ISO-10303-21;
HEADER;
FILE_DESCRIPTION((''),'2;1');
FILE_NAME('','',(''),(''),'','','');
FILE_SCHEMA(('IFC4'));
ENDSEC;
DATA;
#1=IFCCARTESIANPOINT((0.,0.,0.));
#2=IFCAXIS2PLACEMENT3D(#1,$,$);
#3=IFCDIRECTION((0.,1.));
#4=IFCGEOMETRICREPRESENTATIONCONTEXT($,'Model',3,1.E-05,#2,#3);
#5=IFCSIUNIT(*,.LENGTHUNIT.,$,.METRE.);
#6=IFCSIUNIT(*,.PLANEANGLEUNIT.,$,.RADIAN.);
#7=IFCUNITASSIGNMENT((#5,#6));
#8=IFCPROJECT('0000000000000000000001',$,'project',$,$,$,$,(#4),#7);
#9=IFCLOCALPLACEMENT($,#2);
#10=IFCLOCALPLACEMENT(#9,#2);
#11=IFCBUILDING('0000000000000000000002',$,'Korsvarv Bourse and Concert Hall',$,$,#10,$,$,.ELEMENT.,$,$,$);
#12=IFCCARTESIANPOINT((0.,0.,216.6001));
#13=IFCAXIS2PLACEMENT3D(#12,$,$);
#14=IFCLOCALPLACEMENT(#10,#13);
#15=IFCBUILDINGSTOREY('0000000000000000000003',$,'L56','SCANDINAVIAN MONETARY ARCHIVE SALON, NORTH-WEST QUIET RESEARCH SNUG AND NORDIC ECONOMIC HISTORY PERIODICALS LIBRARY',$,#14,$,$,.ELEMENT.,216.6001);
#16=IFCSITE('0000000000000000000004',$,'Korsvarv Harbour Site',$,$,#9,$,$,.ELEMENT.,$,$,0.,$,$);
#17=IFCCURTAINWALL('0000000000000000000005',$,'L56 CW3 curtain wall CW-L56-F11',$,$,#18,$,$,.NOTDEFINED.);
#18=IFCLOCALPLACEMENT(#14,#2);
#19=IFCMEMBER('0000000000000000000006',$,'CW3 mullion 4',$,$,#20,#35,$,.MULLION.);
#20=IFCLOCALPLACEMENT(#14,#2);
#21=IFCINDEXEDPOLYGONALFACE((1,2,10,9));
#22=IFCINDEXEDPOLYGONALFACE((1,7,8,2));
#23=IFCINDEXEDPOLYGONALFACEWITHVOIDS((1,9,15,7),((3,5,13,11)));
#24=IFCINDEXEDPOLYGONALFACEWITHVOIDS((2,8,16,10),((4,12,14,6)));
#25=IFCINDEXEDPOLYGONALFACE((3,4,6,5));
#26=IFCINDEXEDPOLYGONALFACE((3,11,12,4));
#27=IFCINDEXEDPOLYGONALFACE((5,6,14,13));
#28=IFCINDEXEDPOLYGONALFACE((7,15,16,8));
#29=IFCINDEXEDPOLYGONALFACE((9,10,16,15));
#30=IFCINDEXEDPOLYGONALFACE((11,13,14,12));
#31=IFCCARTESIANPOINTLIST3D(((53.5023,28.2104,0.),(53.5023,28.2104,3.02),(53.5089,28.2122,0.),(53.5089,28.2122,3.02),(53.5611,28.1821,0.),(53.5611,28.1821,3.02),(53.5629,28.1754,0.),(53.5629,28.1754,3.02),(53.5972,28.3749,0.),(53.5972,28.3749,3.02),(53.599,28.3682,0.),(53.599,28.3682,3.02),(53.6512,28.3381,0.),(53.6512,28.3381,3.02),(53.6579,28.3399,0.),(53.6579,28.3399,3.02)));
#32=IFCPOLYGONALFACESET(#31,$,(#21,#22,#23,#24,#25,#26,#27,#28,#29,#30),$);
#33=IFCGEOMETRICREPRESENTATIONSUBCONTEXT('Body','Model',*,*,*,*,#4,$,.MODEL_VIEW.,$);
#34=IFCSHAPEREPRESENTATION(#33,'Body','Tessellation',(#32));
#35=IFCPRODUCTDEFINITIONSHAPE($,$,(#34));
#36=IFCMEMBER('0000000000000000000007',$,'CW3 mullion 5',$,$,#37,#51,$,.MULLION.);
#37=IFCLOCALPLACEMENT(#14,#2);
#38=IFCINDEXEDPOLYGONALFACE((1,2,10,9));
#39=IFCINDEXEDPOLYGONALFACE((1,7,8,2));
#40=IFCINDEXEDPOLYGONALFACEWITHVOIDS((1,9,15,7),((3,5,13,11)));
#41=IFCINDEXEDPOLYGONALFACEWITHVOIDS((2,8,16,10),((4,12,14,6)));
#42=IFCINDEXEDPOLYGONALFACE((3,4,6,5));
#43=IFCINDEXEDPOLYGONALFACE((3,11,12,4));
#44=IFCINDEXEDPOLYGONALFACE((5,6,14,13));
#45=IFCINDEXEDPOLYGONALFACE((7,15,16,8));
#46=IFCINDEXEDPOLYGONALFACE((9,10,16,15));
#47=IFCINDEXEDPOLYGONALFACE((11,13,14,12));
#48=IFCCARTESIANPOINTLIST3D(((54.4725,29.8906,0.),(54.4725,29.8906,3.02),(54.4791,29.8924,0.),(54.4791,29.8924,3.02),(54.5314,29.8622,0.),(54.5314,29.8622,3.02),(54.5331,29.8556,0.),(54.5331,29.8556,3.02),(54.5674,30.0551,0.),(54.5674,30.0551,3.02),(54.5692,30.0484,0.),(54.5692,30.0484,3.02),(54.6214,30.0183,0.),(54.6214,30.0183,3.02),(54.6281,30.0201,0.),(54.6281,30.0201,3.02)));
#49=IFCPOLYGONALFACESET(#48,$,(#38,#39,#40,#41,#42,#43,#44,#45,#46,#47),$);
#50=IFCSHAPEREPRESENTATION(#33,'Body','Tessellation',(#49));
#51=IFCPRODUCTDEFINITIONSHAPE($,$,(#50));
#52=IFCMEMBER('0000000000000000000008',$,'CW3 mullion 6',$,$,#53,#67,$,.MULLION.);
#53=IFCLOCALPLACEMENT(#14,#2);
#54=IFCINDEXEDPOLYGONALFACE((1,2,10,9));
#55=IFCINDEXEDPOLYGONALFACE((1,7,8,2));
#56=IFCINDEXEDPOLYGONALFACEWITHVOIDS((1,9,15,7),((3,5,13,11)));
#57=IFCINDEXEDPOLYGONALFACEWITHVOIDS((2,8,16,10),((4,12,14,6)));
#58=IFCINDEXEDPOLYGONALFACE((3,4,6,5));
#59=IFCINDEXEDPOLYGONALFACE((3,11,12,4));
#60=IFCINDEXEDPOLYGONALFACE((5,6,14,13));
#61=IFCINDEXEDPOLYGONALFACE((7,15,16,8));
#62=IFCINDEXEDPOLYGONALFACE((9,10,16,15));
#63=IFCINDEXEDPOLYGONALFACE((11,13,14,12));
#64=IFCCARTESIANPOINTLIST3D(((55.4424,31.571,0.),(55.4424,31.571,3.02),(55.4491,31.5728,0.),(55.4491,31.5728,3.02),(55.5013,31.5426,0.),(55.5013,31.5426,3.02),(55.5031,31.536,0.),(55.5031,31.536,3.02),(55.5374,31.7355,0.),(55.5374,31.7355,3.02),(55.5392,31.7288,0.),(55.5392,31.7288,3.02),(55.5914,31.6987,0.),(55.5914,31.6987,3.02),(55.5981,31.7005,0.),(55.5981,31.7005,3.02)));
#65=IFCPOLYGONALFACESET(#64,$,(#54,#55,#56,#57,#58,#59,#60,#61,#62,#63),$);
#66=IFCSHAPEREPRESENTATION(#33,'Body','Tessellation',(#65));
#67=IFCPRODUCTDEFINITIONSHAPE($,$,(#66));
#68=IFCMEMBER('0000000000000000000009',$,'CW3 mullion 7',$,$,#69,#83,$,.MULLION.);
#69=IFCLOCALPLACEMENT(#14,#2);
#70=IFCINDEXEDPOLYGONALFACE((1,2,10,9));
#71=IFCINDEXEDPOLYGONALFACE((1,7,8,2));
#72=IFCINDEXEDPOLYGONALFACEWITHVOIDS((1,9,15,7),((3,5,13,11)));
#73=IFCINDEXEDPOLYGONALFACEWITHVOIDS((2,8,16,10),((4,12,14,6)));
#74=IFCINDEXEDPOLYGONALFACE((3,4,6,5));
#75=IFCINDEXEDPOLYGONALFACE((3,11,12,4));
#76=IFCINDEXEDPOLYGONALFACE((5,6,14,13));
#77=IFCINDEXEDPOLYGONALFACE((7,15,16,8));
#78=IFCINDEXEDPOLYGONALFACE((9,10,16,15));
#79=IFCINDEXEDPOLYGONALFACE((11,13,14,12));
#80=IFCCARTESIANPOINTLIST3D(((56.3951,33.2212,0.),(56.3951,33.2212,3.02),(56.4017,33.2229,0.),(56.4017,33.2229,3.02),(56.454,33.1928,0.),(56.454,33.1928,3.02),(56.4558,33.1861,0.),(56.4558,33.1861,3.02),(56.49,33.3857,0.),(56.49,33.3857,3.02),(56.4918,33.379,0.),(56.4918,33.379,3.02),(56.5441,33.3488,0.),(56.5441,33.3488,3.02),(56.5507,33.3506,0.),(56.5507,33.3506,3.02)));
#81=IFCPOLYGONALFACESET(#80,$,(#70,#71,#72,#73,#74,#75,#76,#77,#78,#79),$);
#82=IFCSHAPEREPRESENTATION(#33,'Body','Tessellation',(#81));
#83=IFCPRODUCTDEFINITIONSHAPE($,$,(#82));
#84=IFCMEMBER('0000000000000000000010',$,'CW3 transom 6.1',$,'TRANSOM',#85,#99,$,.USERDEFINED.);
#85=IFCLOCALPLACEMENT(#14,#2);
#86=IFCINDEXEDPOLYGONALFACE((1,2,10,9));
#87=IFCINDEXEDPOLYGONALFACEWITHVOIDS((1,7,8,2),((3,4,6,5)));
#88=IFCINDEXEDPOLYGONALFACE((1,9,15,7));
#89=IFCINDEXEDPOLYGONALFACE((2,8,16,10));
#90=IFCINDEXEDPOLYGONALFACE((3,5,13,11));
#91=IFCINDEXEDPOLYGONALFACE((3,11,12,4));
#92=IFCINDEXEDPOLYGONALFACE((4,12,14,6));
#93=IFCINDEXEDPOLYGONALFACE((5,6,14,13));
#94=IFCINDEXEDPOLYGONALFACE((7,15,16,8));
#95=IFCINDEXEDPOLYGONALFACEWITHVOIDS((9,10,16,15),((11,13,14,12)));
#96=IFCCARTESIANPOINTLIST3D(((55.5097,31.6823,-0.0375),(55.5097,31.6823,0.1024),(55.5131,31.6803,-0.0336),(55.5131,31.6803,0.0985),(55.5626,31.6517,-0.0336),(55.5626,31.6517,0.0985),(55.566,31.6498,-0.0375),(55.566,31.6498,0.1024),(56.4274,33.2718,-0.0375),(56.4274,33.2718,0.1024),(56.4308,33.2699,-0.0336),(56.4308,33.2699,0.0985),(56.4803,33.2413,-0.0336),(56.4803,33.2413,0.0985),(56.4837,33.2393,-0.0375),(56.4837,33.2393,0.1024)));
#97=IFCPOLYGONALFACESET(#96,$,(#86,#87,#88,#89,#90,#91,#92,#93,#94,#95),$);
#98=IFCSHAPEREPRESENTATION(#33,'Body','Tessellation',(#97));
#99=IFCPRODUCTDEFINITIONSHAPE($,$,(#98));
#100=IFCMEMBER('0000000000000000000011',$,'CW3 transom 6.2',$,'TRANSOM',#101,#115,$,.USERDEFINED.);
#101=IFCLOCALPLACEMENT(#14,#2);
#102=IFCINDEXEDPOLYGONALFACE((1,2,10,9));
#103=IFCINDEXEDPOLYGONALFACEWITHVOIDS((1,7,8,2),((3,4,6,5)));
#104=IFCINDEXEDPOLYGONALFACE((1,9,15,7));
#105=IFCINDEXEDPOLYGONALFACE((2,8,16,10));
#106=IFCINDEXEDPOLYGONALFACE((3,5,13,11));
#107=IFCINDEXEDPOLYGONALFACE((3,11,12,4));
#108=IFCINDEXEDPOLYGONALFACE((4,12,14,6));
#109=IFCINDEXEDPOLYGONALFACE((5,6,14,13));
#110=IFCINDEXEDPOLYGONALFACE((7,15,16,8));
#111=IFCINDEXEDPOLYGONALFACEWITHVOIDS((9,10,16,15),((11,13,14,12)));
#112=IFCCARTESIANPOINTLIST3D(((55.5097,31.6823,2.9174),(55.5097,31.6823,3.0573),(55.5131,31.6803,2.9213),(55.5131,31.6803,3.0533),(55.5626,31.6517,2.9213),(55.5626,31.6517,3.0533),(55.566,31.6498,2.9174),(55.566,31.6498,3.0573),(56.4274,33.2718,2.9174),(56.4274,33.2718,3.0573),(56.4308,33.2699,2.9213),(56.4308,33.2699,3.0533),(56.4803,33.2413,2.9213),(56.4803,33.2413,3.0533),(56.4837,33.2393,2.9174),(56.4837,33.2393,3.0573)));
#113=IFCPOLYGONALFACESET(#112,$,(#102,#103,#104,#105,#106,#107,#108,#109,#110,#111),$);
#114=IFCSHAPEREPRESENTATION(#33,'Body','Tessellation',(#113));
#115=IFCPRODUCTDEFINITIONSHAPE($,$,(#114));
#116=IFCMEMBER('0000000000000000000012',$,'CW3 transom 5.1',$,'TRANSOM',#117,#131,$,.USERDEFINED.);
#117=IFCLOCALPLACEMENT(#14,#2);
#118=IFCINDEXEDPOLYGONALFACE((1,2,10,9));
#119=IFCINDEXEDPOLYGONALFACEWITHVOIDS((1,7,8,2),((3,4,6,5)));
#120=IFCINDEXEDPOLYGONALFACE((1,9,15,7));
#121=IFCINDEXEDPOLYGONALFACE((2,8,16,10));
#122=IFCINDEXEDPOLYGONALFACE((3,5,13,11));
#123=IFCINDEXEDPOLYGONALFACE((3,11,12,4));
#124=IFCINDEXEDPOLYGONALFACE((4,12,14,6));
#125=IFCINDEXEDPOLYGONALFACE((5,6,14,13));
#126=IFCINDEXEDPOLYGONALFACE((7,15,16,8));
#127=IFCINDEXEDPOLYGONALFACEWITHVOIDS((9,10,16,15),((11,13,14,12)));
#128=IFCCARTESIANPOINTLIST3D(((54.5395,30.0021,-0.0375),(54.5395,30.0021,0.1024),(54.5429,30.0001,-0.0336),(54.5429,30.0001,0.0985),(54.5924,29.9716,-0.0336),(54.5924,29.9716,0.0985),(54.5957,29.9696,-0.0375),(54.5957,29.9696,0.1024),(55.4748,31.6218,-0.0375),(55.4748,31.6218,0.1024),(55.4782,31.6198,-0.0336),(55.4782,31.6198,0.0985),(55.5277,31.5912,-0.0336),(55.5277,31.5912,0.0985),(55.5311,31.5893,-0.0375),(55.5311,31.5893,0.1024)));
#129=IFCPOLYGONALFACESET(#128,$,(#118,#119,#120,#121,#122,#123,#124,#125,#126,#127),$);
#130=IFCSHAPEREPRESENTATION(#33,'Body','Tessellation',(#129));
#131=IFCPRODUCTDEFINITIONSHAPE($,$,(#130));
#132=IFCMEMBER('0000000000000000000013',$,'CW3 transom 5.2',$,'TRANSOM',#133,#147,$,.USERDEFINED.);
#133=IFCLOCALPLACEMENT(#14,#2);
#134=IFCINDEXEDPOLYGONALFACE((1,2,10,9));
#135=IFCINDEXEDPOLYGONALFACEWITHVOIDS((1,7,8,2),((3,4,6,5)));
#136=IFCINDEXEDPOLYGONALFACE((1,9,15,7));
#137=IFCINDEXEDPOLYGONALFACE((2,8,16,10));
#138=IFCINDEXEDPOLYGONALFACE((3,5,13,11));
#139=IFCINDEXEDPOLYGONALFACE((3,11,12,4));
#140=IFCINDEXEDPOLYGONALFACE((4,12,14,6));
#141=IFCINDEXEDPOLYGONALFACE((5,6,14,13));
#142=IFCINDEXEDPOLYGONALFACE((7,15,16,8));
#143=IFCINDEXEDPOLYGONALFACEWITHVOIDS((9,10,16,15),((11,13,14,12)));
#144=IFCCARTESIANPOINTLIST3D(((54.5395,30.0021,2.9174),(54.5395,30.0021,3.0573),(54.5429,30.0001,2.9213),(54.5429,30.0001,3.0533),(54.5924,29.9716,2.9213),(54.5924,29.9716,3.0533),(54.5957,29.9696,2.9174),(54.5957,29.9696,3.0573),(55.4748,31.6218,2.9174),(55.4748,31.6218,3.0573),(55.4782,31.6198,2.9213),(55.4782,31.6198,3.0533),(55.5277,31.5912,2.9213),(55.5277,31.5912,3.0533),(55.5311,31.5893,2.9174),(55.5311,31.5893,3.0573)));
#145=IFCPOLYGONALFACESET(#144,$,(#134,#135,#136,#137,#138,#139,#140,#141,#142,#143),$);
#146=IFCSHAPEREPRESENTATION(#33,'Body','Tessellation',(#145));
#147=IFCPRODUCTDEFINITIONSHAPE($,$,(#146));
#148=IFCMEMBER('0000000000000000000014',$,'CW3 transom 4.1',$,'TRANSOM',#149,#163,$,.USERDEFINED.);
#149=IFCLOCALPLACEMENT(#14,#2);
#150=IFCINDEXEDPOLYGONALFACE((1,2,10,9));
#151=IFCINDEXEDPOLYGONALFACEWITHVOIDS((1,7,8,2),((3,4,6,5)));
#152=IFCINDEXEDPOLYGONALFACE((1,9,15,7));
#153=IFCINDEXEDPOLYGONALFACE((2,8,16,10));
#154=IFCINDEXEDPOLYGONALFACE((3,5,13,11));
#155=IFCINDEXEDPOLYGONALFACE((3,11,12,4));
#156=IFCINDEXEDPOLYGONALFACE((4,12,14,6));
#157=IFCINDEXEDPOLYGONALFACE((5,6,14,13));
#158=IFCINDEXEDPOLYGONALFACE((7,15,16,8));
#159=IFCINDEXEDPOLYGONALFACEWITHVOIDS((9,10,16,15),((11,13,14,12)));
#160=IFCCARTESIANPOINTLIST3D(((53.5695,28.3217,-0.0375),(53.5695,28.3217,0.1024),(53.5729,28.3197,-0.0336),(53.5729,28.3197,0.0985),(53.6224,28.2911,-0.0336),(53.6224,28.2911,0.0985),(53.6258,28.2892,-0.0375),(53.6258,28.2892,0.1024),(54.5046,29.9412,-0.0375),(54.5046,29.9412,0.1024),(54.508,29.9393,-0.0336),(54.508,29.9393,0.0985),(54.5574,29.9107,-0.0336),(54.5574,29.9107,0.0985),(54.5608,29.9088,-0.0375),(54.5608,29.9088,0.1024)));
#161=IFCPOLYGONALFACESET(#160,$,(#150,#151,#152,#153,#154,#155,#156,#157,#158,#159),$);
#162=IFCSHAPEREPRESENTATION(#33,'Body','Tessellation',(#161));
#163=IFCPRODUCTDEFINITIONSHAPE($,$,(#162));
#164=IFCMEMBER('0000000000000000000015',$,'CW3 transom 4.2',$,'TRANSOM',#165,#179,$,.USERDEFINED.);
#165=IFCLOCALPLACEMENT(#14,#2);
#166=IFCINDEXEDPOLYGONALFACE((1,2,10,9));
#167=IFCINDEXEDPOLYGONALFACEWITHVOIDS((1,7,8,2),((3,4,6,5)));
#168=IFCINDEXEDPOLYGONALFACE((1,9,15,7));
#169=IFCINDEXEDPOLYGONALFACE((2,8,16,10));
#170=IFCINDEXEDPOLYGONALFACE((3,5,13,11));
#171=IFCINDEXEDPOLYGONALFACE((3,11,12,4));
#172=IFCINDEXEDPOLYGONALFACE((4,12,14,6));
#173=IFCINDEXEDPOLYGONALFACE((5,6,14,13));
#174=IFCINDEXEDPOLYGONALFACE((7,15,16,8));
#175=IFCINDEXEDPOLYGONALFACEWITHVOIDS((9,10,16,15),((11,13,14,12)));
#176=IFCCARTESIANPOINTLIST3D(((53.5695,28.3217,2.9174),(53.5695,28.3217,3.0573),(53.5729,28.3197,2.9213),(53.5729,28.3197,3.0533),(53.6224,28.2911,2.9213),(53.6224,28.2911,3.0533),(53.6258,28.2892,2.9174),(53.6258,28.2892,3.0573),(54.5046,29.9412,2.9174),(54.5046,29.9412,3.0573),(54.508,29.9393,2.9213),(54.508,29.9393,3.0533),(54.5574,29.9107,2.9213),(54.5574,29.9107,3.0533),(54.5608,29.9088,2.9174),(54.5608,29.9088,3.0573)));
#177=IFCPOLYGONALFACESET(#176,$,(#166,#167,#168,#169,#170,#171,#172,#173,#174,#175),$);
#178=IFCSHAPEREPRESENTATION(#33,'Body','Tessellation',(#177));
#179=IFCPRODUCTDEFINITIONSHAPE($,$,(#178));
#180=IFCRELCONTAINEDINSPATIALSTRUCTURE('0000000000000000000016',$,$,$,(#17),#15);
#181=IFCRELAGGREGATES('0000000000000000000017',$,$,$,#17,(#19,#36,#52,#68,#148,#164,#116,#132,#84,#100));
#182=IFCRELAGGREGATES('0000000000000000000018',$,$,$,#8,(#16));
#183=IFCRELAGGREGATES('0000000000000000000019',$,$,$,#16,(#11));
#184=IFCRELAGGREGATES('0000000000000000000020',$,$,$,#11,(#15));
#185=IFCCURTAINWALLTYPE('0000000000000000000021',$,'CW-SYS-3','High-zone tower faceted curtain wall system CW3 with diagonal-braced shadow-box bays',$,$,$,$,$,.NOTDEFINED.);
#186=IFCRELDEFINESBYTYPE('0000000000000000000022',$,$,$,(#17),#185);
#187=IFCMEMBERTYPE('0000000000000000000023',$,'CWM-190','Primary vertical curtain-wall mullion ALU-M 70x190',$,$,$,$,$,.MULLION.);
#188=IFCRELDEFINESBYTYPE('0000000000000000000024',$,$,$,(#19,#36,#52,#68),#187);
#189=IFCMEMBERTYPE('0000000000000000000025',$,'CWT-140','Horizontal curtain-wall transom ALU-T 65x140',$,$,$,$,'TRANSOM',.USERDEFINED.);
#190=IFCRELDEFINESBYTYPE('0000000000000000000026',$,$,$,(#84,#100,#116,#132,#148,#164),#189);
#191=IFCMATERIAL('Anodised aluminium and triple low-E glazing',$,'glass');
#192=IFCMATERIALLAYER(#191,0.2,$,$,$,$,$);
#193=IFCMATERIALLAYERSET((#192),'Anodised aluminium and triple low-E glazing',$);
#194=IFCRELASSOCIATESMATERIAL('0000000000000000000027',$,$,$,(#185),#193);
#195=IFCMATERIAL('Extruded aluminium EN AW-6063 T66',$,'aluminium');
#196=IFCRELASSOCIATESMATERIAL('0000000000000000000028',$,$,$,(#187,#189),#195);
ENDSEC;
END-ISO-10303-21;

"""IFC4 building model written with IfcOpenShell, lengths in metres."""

from ifc_helpers import new_model, si_unit, direction, frame, origin, origin_2d, place, context, subcontext, project, spatial, hollow_rectangle, extrude, source, transform, mapped, material, layer, layer_set, material_profile, profile_set, type_object, element, aggregate, save


model = new_model("IFC4")

# Units and contexts
model_context = context("Model", 3, precision=1e-05, world=origin(), true_north=direction((0.0, 1.0)))
body_context = subcontext(model_context, "Body", "Model", "MODEL_VIEW")
ifc_project = project(units=[si_unit("LENGTHUNIT", "METRE"), si_unit("PLANEANGLEUNIT", "RADIAN")], contexts=[model_context])

# Site, building, storey
site_placement = place(None, origin())
site = spatial("IfcSite", under=ifc_project, at=site_placement, Name="Korsvarv Harbour Site", CompositionType="ELEMENT", RefElevation=0.0)
building_placement = place(site_placement, origin())
building = spatial("IfcBuilding", under=site, at=building_placement, Name="Korsvarv Bourse and Concert Hall", CompositionType="ELEMENT")
storey_placement = place(building_placement, frame((0.0, 0.0, 216.6001)))
storey = spatial("IfcBuildingStorey", under=building, at=storey_placement, Name="L56", Description="SCANDINAVIAN MONETARY ARCHIVE SALON, NORTH-WEST QUIET RESEARCH SNUG AND NORDIC ECONOMIC HISTORY PERIODICALS LIBRARY", CompositionType="ELEMENT", Elevation=216.6001)

# Curtain wall, members
ifc_material_1 = material(Name="Anodised aluminium and triple low-E glazing", Category="glass")
ifc_layer_1 = layer(ifc_material_1, 0.2)
ifc_layer_set_1 = layer_set([ifc_layer_1], Name="Anodised aluminium and triple low-E glazing")
curtain_wall_type = type_object("IfcCurtainWallType", Name="CW-SYS-3", Description="High-zone tower faceted curtain wall system CW3 with diagonal-braced shadow-box bays", PredefinedType="NOTDEFINED", material=ifc_layer_set_1)
curtain_wall_placement = place(storey_placement, origin())
curtain_wall = element("IfcCurtainWall", 1, at=curtain_wall_placement, inside=storey, type_object=curtain_wall_type, Name="L56 CW3 curtain wall CW-L56-F11", PredefinedType="NOTDEFINED")
ifc_material_2 = material(Name="Extruded aluminium EN AW-6063 T66", Category="aluminium")
ifc_material_profile_1 = material_profile(ifc_material_2, hollow_rectangle(XDim=0.0701, YDim=0.1899, WallThickness=0.0049, at=origin_2d()), Name="ALU-M 70x190")
ifc_profile_set_1 = profile_set([ifc_material_profile_1], Name="Extruded aluminium EN AW-6063 T66")
member_type_1 = type_object("IfcMemberType", Name="CWM-190", Description="Primary vertical curtain-wall mullion ALU-M 70x190", PredefinedType="MULLION", material=ifc_profile_set_1)
shared_shape_1 = source(origin(), body_context, "Body", "SweptSolid", [
    extrude(hollow_rectangle(XDim=0.0701, YDim=0.1899, WallThickness=0.0049, at=origin_2d()), origin(), (0.0, 0.0, 1.0), 3.02),
])
member_1_placement = place(storey_placement, frame((53.5801, 28.2751, 0.0), z_axis=(0.0, 0.0, 1.0), x_axis=(-0.86603, 0.499992, 0.0)))
member_1 = element("IfcMember", 2, at=member_1_placement, type_object=member_type_1, Name="CW3 mullion 4", PredefinedType="MULLION", context=body_context, shape_type="MappedRepresentation", body=[
    mapped(shared_shape_1, transform((0.0, 0.0, 0.0), scale=1.0)),
])
member_2_placement = place(storey_placement, frame((54.5503, 29.9553, 0.0), z_axis=(0.0, 0.0, 1.0), x_axis=(-0.86603, 0.499992, 0.0)))
member_2 = element("IfcMember", 3, at=member_2_placement, type_object=member_type_1, Name="CW3 mullion 5", PredefinedType="MULLION", context=body_context, shape_type="MappedRepresentation", body=[
    mapped(shared_shape_1, transform((0.0, 0.0, 0.0), scale=1.0)),
])
member_3_placement = place(storey_placement, frame((55.5203, 31.6357, 0.0), z_axis=(0.0, 0.0, 1.0), x_axis=(-0.86603, 0.499992, 0.0)))
member_3 = element("IfcMember", 4, at=member_3_placement, type_object=member_type_1, Name="CW3 mullion 6", PredefinedType="MULLION", context=body_context, shape_type="MappedRepresentation", body=[
    mapped(shared_shape_1, transform((0.0, 0.0, 0.0), scale=1.0)),
])
member_4_placement = place(storey_placement, frame((56.4729, 33.2859, 0.0), z_axis=(0.0, 0.0, 1.0), x_axis=(-0.86603, 0.499992, 0.0)))
member_4 = element("IfcMember", 5, at=member_4_placement, type_object=member_type_1, Name="CW3 mullion 7", PredefinedType="MULLION", context=body_context, shape_type="MappedRepresentation", body=[
    mapped(shared_shape_1, transform((0.0, 0.0, 0.0), scale=1.0)),
])
ifc_material_profile_2 = material_profile(ifc_material_2, hollow_rectangle(XDim=0.0649, YDim=0.1399, WallThickness=0.0039, at=origin_2d()), Name="ALU-T 65x140")
ifc_profile_set_2 = profile_set([ifc_material_profile_2], Name="Extruded aluminium EN AW-6063 T66")
member_type_2 = type_object("IfcMemberType", Name="CWT-140", Description="Horizontal curtain-wall transom ALU-T 65x140", ElementType="TRANSOM", PredefinedType="USERDEFINED", material=ifc_profile_set_2)
shared_shape_2 = source(origin(), body_context, "Body", "SweptSolid", [
    extrude(hollow_rectangle(XDim=0.0649, YDim=0.1399, WallThickness=0.0039, at=origin_2d()), origin(), (0.0, 0.0, 1.0), 1.8354),
])
member_5_placement = place(storey_placement, frame((55.5378, 31.666, 0.0325), z_axis=(0.499987, 0.866033, 0.0), x_axis=(-0.866033, 0.499987, 0.0)))
member_5 = element("IfcMember", 6, at=member_5_placement, type_object=member_type_2, Name="CW3 transom 6.1", ObjectType="TRANSOM", PredefinedType="USERDEFINED", context=body_context, shape_type="MappedRepresentation", body=[
    mapped(shared_shape_2, transform((0.0, 0.0, 0.0), scale=1.0)),
])
member_6_placement = place(storey_placement, frame((55.5378, 31.666, 2.9873), z_axis=(0.499987, 0.866033, 0.0), x_axis=(-0.866033, 0.499987, 0.0)))
member_6 = element("IfcMember", 7, at=member_6_placement, type_object=member_type_2, Name="CW3 transom 6.2", ObjectType="TRANSOM", PredefinedType="USERDEFINED", context=body_context, shape_type="MappedRepresentation", body=[
    mapped(shared_shape_2, transform((0.0, 0.0, 0.0), scale=1.0)),
])
shared_shape_3 = source(origin(), body_context, "Body", "SweptSolid", [
    extrude(hollow_rectangle(XDim=0.0649, YDim=0.1399, WallThickness=0.0039, at=origin_2d()), origin(), (0.0, 0.0, 1.0), 1.8704),
])
member_7_placement = place(storey_placement, frame((54.5676, 29.9858, 0.0325), z_axis=(0.500084, 0.865977, 0.0), x_axis=(-0.865977, 0.500084, 0.0)))
member_7 = element("IfcMember", 8, at=member_7_placement, type_object=member_type_2, Name="CW3 transom 5.1", ObjectType="TRANSOM", PredefinedType="USERDEFINED", context=body_context, shape_type="MappedRepresentation", body=[
    mapped(shared_shape_3, transform((0.0, 0.0, 0.0), scale=1.0)),
])
member_8_placement = place(storey_placement, frame((54.5676, 29.9858, 2.9873), z_axis=(0.500084, 0.865977, 0.0), x_axis=(-0.865977, 0.500084, 0.0)))
member_8 = element("IfcMember", 9, at=member_8_placement, type_object=member_type_2, Name="CW3 transom 5.2", ObjectType="TRANSOM", PredefinedType="USERDEFINED", context=body_context, shape_type="MappedRepresentation", body=[
    mapped(shared_shape_3, transform((0.0, 0.0, 0.0), scale=1.0)),
])
shared_shape_4 = source(origin(), body_context, "Body", "SweptSolid", [
    extrude(hollow_rectangle(XDim=0.0649, YDim=0.1399, WallThickness=0.0039, at=origin_2d()), origin(), (0.0, 0.0, 1.0), 1.8701),
])
member_9_placement = place(storey_placement, frame((53.5977, 28.3054, 0.0325), z_axis=(0.499986, 0.866033, 0.0), x_axis=(-0.866033, 0.499986, 0.0)))
member_9 = element("IfcMember", 10, at=member_9_placement, type_object=member_type_2, Name="CW3 transom 4.1", ObjectType="TRANSOM", PredefinedType="USERDEFINED", context=body_context, shape_type="MappedRepresentation", body=[
    mapped(shared_shape_4, transform((0.0, 0.0, 0.0), scale=1.0)),
])
member_10_placement = place(storey_placement, frame((53.5977, 28.3054, 2.9873), z_axis=(0.499986, 0.866033, 0.0), x_axis=(-0.866033, 0.499986, 0.0)))
member_10 = element("IfcMember", 11, at=member_10_placement, type_object=member_type_2, Name="CW3 transom 4.2", ObjectType="TRANSOM", PredefinedType="USERDEFINED", context=body_context, shape_type="MappedRepresentation", body=[
    mapped(shared_shape_4, transform((0.0, 0.0, 0.0), scale=1.0)),
])
aggregate(curtain_wall, [member_1, member_2, member_3, member_4, member_9, member_10, member_7, member_8, member_5, member_6])

save(model, "model.ifc")
